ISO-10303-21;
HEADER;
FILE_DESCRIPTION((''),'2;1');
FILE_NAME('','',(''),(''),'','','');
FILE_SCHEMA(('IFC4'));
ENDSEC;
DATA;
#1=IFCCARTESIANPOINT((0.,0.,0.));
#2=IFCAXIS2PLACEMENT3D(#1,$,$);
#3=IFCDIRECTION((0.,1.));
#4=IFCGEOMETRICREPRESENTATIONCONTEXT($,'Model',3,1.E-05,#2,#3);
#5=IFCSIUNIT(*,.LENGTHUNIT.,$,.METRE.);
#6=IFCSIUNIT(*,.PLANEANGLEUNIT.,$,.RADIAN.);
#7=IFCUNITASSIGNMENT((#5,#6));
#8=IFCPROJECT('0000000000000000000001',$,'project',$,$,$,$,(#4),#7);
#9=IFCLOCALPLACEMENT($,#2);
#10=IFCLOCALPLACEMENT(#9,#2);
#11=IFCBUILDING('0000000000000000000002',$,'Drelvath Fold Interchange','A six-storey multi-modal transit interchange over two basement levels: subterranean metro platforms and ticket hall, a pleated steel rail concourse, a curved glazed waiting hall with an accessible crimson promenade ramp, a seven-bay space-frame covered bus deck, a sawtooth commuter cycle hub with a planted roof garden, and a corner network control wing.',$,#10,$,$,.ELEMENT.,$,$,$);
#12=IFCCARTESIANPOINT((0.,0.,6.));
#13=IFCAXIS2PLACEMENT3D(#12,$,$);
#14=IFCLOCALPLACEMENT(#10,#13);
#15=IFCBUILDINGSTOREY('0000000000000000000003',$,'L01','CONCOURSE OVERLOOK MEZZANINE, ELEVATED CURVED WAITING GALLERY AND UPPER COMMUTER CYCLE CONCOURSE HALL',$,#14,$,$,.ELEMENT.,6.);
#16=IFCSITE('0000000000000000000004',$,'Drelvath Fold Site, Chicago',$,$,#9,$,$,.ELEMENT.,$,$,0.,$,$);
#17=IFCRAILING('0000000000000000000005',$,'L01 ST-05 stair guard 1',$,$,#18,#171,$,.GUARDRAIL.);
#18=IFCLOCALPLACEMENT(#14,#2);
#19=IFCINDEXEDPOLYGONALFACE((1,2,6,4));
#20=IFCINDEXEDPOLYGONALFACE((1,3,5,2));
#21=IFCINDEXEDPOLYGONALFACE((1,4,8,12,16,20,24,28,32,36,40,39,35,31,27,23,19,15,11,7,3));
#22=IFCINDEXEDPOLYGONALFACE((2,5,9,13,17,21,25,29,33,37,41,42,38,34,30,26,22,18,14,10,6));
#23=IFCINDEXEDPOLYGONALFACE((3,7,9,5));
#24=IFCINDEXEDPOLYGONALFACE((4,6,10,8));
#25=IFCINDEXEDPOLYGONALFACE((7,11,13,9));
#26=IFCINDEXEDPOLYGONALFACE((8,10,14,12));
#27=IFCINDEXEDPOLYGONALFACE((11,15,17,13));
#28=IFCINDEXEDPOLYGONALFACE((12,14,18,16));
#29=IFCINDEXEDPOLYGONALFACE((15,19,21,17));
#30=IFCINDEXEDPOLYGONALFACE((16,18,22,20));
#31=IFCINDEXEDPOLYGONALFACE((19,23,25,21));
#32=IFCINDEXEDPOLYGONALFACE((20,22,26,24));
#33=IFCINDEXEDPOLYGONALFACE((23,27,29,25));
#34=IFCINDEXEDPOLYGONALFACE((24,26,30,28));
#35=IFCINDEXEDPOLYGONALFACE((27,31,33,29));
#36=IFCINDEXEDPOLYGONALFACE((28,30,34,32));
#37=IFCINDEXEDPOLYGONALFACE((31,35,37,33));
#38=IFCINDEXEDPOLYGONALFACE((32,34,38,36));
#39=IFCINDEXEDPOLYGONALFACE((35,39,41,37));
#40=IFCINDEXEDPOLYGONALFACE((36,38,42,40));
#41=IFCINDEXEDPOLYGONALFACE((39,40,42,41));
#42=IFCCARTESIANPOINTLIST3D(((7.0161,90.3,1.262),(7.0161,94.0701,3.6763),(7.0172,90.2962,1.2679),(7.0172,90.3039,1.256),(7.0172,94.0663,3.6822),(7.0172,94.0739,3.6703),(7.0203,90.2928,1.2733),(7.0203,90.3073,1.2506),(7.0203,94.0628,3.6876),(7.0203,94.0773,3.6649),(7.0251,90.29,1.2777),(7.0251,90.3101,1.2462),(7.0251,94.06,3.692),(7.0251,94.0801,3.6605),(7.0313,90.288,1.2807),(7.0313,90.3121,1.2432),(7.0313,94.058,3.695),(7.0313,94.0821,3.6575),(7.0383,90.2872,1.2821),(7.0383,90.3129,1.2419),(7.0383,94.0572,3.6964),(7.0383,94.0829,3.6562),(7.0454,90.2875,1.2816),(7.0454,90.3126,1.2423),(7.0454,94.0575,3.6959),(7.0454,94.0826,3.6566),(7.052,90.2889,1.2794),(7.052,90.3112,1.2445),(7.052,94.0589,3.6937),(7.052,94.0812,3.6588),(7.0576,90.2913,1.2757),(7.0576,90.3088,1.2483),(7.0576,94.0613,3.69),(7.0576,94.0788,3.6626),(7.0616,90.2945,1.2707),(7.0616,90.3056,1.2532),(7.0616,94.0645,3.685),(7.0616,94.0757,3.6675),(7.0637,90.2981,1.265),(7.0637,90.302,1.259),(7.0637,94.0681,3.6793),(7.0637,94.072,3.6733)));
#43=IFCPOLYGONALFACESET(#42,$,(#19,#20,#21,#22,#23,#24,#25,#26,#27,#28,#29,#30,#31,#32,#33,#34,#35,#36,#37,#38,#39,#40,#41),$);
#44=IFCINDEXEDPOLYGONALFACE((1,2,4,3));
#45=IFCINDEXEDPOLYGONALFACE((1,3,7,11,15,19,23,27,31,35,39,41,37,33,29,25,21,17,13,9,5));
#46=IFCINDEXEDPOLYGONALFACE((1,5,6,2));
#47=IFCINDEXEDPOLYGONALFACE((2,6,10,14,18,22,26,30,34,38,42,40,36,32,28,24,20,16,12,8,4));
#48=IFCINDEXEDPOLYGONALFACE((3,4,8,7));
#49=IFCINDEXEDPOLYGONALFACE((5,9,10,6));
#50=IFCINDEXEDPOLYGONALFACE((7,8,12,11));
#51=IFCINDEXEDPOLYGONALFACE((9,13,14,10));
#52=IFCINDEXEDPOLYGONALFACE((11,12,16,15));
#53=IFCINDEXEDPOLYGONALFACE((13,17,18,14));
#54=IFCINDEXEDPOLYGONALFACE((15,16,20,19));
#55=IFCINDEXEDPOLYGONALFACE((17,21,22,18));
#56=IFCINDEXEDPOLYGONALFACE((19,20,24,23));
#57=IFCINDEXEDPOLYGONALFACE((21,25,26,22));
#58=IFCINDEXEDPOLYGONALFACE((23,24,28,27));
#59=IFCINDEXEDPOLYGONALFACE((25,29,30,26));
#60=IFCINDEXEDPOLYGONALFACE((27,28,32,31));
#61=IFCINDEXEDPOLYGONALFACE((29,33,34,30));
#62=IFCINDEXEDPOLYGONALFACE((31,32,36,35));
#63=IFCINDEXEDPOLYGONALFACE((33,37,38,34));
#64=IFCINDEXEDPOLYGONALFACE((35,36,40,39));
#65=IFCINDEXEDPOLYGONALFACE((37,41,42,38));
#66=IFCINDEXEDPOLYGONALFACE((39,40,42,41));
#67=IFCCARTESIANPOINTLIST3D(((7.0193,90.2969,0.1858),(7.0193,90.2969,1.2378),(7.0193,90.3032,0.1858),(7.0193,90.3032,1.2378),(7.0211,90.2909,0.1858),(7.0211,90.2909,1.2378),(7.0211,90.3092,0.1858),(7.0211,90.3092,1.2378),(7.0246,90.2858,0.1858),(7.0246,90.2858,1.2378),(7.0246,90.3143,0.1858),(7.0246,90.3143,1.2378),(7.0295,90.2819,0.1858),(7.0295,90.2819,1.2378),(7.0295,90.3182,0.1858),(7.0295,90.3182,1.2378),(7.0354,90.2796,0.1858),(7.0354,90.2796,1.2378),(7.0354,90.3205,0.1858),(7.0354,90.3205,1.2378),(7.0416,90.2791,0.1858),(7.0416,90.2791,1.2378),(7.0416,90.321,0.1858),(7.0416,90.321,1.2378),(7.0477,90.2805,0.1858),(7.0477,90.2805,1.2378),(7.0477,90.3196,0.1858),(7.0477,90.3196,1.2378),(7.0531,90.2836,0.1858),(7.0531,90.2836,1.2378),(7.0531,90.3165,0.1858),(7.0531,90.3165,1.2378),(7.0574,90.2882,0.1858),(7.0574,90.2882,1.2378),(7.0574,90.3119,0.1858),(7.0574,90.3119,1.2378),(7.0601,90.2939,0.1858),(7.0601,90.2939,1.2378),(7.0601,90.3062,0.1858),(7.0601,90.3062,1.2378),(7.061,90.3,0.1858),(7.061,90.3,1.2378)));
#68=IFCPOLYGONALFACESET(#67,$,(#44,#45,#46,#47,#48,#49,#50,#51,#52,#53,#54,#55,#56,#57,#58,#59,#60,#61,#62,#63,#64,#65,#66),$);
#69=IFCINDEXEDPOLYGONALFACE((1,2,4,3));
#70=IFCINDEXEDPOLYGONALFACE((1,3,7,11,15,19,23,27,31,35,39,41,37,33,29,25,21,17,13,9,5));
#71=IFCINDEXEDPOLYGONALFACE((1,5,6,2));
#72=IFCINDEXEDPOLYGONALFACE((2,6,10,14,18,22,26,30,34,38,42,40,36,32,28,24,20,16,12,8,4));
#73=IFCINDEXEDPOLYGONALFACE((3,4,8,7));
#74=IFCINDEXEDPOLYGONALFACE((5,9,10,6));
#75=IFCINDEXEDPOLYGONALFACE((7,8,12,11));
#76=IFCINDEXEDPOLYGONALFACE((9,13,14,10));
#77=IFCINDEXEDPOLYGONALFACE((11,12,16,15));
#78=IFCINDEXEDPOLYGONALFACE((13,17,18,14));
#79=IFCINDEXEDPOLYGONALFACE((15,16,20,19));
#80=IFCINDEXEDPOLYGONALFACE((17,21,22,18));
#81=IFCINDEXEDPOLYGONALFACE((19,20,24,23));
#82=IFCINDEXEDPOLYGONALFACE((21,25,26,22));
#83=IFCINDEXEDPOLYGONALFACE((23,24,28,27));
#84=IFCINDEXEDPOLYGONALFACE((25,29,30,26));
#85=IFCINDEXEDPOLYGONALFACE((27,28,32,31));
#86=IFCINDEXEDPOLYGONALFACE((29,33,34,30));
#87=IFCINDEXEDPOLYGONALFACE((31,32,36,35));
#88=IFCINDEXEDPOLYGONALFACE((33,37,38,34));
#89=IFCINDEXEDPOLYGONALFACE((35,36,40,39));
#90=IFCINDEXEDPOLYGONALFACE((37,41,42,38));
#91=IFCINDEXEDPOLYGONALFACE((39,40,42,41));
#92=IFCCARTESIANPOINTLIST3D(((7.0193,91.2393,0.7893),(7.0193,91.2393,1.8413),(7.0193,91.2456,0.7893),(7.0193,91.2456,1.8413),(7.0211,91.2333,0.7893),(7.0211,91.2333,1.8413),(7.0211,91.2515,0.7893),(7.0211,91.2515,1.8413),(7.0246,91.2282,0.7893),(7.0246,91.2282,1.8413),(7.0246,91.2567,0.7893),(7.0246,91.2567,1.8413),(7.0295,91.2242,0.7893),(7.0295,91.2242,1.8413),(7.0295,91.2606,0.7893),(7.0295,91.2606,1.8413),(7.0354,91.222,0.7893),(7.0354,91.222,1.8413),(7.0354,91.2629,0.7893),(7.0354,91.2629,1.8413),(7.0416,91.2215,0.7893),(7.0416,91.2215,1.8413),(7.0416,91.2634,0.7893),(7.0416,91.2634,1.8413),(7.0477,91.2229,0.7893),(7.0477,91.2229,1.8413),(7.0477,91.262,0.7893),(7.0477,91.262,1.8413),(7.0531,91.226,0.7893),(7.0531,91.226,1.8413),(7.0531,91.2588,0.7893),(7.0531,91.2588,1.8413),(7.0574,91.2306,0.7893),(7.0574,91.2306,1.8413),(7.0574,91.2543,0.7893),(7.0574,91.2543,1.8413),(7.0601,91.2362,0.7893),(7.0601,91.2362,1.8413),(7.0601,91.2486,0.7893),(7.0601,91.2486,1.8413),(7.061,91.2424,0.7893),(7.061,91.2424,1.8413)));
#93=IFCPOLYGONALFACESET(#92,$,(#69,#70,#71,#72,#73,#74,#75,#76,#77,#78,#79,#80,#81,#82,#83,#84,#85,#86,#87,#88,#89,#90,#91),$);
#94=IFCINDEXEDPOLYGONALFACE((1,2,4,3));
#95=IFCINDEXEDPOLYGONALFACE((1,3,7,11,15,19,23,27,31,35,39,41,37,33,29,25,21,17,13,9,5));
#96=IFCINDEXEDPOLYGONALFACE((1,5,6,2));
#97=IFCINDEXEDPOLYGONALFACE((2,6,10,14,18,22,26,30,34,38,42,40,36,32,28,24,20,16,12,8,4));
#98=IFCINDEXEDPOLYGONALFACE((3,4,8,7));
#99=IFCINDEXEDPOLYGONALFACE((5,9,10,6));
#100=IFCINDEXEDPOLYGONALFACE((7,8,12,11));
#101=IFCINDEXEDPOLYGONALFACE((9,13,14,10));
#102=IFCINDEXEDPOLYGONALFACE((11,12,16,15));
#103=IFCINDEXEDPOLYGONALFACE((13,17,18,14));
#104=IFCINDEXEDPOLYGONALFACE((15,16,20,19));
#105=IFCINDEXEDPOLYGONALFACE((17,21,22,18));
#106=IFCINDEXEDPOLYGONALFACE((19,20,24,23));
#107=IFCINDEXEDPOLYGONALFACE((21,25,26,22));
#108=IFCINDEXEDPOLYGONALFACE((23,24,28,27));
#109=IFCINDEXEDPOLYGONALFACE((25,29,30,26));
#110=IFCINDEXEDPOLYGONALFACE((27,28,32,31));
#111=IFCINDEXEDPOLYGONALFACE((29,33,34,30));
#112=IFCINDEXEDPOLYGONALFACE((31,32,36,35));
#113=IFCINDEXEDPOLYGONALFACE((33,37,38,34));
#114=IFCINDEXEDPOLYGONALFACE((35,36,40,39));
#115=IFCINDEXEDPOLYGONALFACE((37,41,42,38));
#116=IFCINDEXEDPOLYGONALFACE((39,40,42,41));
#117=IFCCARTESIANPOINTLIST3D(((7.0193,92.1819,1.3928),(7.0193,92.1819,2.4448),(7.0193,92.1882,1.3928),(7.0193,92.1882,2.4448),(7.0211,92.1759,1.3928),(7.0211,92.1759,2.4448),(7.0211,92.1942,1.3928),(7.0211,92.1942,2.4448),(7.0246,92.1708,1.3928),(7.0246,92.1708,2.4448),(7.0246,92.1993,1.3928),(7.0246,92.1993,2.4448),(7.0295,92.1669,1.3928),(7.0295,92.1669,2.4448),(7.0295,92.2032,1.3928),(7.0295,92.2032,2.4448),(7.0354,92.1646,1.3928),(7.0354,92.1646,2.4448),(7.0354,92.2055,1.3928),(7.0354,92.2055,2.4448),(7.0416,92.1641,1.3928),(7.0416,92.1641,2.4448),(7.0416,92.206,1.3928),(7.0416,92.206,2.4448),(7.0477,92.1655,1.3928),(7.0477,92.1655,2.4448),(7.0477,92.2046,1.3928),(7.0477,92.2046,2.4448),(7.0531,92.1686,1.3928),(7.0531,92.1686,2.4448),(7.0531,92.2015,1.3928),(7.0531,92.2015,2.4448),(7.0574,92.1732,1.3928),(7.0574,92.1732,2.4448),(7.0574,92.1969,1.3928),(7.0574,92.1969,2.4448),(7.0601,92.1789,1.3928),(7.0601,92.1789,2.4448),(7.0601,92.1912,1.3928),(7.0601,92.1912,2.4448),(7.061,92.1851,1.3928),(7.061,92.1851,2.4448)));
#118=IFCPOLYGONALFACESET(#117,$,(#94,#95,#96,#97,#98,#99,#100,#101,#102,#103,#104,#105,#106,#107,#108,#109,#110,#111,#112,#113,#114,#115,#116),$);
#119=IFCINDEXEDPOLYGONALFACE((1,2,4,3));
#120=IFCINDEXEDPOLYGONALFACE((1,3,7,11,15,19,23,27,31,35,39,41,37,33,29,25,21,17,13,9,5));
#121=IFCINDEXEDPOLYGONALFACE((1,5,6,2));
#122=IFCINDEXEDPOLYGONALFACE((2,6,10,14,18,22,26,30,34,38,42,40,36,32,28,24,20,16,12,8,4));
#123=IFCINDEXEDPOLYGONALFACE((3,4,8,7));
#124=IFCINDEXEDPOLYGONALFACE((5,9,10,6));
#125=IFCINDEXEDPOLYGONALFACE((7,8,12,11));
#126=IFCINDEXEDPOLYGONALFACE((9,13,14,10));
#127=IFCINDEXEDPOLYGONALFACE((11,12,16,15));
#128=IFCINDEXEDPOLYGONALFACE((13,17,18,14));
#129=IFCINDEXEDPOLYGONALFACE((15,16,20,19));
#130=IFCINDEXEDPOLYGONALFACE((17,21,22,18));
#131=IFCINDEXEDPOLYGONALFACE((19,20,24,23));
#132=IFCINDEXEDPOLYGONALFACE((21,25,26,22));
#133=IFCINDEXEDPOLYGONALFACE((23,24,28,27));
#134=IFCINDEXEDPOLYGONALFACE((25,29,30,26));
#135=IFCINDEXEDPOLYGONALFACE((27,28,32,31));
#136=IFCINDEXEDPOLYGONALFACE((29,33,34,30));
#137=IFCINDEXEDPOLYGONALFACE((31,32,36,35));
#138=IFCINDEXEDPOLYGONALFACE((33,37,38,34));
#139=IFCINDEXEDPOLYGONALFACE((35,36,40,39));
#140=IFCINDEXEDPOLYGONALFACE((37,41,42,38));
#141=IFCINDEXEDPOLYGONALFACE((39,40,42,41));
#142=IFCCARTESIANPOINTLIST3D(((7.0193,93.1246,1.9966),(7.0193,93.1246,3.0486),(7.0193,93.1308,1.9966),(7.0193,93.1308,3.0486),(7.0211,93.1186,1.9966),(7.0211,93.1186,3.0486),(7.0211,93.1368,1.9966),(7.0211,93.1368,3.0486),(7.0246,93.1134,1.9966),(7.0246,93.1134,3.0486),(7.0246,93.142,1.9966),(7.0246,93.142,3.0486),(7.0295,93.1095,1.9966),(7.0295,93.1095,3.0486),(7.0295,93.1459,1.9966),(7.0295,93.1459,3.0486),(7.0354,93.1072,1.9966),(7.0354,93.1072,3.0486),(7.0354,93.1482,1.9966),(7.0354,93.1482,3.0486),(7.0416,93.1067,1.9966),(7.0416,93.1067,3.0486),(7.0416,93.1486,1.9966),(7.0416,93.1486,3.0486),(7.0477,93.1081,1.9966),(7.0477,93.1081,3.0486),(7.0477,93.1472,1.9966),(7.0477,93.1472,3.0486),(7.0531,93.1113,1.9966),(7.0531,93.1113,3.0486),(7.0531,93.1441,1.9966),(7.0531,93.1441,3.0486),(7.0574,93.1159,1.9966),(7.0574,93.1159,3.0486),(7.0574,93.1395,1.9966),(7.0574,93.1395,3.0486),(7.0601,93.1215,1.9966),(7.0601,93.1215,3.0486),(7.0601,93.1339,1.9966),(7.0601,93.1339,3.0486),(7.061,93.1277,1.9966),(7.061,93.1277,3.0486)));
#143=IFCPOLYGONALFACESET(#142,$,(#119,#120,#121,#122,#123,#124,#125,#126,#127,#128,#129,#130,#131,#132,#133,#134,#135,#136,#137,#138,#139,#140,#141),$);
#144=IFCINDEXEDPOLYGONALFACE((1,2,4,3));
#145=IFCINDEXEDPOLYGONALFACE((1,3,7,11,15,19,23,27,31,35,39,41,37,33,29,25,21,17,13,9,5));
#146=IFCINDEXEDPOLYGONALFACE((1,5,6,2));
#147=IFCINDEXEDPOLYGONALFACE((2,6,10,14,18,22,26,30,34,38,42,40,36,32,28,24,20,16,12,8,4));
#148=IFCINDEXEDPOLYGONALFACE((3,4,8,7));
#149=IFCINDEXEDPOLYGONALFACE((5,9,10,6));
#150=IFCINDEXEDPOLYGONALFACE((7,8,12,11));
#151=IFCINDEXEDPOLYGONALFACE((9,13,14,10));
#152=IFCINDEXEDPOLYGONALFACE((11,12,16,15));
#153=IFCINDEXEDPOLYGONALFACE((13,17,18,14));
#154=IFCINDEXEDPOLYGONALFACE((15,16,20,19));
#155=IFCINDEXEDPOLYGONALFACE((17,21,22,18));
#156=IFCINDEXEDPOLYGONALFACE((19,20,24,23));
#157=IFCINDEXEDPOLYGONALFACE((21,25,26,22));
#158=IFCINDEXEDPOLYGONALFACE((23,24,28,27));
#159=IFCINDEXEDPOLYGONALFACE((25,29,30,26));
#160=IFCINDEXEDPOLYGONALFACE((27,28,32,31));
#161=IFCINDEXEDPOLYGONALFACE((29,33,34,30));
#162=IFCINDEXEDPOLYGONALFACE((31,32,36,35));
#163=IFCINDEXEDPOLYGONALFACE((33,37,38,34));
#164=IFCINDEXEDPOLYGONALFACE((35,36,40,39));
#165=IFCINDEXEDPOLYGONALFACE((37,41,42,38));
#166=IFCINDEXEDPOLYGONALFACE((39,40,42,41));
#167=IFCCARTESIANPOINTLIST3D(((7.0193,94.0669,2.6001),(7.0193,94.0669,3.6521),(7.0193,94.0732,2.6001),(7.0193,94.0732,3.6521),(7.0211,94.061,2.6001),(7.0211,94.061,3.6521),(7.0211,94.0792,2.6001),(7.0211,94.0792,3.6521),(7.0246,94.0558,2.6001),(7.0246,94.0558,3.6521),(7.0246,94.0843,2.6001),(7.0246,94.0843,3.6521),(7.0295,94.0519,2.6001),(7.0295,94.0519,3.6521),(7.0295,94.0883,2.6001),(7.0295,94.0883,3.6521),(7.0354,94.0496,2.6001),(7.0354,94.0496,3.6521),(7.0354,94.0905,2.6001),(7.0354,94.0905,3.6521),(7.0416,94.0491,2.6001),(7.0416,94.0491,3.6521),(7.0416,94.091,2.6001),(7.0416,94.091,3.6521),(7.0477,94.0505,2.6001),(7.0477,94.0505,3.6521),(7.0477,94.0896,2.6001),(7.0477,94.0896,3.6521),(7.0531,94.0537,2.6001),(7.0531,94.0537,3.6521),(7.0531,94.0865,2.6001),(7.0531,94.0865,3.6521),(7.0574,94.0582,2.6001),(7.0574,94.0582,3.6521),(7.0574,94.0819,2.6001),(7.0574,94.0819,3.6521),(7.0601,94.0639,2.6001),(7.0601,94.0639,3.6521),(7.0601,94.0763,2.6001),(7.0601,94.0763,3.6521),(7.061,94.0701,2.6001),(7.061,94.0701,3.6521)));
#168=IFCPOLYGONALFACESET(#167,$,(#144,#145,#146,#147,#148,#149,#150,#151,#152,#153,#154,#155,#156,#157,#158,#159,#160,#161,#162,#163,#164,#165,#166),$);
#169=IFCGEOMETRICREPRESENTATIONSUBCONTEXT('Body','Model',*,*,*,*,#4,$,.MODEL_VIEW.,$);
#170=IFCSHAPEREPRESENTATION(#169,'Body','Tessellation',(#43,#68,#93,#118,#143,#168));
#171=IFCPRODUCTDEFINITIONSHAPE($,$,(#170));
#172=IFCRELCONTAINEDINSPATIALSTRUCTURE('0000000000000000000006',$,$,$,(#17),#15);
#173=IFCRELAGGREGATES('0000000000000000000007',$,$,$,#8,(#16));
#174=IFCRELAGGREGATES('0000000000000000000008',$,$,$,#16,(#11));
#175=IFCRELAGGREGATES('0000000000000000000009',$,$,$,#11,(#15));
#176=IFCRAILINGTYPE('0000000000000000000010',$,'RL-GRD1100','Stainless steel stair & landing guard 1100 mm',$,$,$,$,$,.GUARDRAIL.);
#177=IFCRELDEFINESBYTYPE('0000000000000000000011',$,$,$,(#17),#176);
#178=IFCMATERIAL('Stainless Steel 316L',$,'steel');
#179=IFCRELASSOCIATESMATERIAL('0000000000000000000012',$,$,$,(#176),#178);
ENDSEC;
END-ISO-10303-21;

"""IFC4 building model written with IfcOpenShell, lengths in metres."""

from ifc_helpers import new_model, si_unit, direction, frame, origin, origin_2d, place, context, subcontext, project, spatial, circle, extrude, material, type_object, element, save


model = new_model("IFC4")

# Units and contexts
model_context = context("Model", 3, precision=1e-05, world=origin(), true_north=direction((0.0, 1.0)))
body_context = subcontext(model_context, "Body", "Model", "MODEL_VIEW")
ifc_project = project(units=[si_unit("LENGTHUNIT", "METRE"), si_unit("PLANEANGLEUNIT", "RADIAN")], contexts=[model_context])

# Site, building, storey
site_placement = place(None, origin())
site = spatial("IfcSite", under=ifc_project, at=site_placement, Name="Drelvath Fold Site, Chicago", CompositionType="ELEMENT", RefElevation=0.0)
building_placement = place(site_placement, origin())
building = spatial("IfcBuilding", under=site, at=building_placement, Name="Drelvath Fold Interchange", Description="A six-storey multi-modal transit interchange over two basement levels: subterranean metro platforms and ticket hall, a pleated steel rail concourse, a curved glazed waiting hall with an accessible crimson promenade ramp, a seven-bay space-frame covered bus deck, a sawtooth commuter cycle hub with a planted roof garden, and a corner network control wing.", CompositionType="ELEMENT")
storey_placement = place(building_placement, frame((0.0, 0.0, 6.0)))
storey = spatial("IfcBuildingStorey", under=building, at=storey_placement, Name="L01", Description="CONCOURSE OVERLOOK MEZZANINE, ELEVATED CURVED WAITING GALLERY AND UPPER COMMUTER CYCLE CONCOURSE HALL", CompositionType="ELEMENT", Elevation=6.0)

# Railing
ifc_material_1 = material(Name="Stainless Steel 316L", Category="steel")
railing_type_1 = type_object("IfcRailingType", Name="RL-GRD1100", Description="Stainless steel stair & landing guard 1100 mm", PredefinedType="GUARDRAIL", material=ifc_material_1)
railing_1_placement = place(storey_placement, frame((7.04, 90.3, 0.1858)))
element("IfcRailing", 1, at=railing_1_placement, inside=storey, type_object=railing_type_1, Name="L01 ST-05 stair guard 1", PredefinedType="GUARDRAIL", context=body_context, shape_type="SweptSolid", body=[
    extrude(circle(Radius=0.0239, at=origin_2d()), frame((0.0, 0.0, 1.0762), z_axis=(0.0, 0.84212, 0.53929), x_axis=(-1.0, 0.0, 0.0)), (0.0, 0.0, 1.0), 4.4768),
    extrude(circle(Radius=0.021, at=origin_2d()), origin(), (0.0, 0.0, 1.0), 1.052),
    extrude(circle(Radius=0.021, at=origin_2d()), frame((0.0, 0.9424, 0.6035)), (0.0, 0.0, 1.0), 1.052),
    extrude(circle(Radius=0.021, at=origin_2d()), frame((0.0, 1.885, 1.207)), (0.0, 0.0, 1.0), 1.052),
    extrude(circle(Radius=0.021, at=origin_2d()), frame((0.0, 2.8276, 1.8108)), (0.0, 0.0, 1.0), 1.052),
    extrude(circle(Radius=0.021, at=origin_2d()), frame((0.0, 3.77, 2.4143)), (0.0, 0.0, 1.0), 1.052),
])

save(model, "model.ifc")
